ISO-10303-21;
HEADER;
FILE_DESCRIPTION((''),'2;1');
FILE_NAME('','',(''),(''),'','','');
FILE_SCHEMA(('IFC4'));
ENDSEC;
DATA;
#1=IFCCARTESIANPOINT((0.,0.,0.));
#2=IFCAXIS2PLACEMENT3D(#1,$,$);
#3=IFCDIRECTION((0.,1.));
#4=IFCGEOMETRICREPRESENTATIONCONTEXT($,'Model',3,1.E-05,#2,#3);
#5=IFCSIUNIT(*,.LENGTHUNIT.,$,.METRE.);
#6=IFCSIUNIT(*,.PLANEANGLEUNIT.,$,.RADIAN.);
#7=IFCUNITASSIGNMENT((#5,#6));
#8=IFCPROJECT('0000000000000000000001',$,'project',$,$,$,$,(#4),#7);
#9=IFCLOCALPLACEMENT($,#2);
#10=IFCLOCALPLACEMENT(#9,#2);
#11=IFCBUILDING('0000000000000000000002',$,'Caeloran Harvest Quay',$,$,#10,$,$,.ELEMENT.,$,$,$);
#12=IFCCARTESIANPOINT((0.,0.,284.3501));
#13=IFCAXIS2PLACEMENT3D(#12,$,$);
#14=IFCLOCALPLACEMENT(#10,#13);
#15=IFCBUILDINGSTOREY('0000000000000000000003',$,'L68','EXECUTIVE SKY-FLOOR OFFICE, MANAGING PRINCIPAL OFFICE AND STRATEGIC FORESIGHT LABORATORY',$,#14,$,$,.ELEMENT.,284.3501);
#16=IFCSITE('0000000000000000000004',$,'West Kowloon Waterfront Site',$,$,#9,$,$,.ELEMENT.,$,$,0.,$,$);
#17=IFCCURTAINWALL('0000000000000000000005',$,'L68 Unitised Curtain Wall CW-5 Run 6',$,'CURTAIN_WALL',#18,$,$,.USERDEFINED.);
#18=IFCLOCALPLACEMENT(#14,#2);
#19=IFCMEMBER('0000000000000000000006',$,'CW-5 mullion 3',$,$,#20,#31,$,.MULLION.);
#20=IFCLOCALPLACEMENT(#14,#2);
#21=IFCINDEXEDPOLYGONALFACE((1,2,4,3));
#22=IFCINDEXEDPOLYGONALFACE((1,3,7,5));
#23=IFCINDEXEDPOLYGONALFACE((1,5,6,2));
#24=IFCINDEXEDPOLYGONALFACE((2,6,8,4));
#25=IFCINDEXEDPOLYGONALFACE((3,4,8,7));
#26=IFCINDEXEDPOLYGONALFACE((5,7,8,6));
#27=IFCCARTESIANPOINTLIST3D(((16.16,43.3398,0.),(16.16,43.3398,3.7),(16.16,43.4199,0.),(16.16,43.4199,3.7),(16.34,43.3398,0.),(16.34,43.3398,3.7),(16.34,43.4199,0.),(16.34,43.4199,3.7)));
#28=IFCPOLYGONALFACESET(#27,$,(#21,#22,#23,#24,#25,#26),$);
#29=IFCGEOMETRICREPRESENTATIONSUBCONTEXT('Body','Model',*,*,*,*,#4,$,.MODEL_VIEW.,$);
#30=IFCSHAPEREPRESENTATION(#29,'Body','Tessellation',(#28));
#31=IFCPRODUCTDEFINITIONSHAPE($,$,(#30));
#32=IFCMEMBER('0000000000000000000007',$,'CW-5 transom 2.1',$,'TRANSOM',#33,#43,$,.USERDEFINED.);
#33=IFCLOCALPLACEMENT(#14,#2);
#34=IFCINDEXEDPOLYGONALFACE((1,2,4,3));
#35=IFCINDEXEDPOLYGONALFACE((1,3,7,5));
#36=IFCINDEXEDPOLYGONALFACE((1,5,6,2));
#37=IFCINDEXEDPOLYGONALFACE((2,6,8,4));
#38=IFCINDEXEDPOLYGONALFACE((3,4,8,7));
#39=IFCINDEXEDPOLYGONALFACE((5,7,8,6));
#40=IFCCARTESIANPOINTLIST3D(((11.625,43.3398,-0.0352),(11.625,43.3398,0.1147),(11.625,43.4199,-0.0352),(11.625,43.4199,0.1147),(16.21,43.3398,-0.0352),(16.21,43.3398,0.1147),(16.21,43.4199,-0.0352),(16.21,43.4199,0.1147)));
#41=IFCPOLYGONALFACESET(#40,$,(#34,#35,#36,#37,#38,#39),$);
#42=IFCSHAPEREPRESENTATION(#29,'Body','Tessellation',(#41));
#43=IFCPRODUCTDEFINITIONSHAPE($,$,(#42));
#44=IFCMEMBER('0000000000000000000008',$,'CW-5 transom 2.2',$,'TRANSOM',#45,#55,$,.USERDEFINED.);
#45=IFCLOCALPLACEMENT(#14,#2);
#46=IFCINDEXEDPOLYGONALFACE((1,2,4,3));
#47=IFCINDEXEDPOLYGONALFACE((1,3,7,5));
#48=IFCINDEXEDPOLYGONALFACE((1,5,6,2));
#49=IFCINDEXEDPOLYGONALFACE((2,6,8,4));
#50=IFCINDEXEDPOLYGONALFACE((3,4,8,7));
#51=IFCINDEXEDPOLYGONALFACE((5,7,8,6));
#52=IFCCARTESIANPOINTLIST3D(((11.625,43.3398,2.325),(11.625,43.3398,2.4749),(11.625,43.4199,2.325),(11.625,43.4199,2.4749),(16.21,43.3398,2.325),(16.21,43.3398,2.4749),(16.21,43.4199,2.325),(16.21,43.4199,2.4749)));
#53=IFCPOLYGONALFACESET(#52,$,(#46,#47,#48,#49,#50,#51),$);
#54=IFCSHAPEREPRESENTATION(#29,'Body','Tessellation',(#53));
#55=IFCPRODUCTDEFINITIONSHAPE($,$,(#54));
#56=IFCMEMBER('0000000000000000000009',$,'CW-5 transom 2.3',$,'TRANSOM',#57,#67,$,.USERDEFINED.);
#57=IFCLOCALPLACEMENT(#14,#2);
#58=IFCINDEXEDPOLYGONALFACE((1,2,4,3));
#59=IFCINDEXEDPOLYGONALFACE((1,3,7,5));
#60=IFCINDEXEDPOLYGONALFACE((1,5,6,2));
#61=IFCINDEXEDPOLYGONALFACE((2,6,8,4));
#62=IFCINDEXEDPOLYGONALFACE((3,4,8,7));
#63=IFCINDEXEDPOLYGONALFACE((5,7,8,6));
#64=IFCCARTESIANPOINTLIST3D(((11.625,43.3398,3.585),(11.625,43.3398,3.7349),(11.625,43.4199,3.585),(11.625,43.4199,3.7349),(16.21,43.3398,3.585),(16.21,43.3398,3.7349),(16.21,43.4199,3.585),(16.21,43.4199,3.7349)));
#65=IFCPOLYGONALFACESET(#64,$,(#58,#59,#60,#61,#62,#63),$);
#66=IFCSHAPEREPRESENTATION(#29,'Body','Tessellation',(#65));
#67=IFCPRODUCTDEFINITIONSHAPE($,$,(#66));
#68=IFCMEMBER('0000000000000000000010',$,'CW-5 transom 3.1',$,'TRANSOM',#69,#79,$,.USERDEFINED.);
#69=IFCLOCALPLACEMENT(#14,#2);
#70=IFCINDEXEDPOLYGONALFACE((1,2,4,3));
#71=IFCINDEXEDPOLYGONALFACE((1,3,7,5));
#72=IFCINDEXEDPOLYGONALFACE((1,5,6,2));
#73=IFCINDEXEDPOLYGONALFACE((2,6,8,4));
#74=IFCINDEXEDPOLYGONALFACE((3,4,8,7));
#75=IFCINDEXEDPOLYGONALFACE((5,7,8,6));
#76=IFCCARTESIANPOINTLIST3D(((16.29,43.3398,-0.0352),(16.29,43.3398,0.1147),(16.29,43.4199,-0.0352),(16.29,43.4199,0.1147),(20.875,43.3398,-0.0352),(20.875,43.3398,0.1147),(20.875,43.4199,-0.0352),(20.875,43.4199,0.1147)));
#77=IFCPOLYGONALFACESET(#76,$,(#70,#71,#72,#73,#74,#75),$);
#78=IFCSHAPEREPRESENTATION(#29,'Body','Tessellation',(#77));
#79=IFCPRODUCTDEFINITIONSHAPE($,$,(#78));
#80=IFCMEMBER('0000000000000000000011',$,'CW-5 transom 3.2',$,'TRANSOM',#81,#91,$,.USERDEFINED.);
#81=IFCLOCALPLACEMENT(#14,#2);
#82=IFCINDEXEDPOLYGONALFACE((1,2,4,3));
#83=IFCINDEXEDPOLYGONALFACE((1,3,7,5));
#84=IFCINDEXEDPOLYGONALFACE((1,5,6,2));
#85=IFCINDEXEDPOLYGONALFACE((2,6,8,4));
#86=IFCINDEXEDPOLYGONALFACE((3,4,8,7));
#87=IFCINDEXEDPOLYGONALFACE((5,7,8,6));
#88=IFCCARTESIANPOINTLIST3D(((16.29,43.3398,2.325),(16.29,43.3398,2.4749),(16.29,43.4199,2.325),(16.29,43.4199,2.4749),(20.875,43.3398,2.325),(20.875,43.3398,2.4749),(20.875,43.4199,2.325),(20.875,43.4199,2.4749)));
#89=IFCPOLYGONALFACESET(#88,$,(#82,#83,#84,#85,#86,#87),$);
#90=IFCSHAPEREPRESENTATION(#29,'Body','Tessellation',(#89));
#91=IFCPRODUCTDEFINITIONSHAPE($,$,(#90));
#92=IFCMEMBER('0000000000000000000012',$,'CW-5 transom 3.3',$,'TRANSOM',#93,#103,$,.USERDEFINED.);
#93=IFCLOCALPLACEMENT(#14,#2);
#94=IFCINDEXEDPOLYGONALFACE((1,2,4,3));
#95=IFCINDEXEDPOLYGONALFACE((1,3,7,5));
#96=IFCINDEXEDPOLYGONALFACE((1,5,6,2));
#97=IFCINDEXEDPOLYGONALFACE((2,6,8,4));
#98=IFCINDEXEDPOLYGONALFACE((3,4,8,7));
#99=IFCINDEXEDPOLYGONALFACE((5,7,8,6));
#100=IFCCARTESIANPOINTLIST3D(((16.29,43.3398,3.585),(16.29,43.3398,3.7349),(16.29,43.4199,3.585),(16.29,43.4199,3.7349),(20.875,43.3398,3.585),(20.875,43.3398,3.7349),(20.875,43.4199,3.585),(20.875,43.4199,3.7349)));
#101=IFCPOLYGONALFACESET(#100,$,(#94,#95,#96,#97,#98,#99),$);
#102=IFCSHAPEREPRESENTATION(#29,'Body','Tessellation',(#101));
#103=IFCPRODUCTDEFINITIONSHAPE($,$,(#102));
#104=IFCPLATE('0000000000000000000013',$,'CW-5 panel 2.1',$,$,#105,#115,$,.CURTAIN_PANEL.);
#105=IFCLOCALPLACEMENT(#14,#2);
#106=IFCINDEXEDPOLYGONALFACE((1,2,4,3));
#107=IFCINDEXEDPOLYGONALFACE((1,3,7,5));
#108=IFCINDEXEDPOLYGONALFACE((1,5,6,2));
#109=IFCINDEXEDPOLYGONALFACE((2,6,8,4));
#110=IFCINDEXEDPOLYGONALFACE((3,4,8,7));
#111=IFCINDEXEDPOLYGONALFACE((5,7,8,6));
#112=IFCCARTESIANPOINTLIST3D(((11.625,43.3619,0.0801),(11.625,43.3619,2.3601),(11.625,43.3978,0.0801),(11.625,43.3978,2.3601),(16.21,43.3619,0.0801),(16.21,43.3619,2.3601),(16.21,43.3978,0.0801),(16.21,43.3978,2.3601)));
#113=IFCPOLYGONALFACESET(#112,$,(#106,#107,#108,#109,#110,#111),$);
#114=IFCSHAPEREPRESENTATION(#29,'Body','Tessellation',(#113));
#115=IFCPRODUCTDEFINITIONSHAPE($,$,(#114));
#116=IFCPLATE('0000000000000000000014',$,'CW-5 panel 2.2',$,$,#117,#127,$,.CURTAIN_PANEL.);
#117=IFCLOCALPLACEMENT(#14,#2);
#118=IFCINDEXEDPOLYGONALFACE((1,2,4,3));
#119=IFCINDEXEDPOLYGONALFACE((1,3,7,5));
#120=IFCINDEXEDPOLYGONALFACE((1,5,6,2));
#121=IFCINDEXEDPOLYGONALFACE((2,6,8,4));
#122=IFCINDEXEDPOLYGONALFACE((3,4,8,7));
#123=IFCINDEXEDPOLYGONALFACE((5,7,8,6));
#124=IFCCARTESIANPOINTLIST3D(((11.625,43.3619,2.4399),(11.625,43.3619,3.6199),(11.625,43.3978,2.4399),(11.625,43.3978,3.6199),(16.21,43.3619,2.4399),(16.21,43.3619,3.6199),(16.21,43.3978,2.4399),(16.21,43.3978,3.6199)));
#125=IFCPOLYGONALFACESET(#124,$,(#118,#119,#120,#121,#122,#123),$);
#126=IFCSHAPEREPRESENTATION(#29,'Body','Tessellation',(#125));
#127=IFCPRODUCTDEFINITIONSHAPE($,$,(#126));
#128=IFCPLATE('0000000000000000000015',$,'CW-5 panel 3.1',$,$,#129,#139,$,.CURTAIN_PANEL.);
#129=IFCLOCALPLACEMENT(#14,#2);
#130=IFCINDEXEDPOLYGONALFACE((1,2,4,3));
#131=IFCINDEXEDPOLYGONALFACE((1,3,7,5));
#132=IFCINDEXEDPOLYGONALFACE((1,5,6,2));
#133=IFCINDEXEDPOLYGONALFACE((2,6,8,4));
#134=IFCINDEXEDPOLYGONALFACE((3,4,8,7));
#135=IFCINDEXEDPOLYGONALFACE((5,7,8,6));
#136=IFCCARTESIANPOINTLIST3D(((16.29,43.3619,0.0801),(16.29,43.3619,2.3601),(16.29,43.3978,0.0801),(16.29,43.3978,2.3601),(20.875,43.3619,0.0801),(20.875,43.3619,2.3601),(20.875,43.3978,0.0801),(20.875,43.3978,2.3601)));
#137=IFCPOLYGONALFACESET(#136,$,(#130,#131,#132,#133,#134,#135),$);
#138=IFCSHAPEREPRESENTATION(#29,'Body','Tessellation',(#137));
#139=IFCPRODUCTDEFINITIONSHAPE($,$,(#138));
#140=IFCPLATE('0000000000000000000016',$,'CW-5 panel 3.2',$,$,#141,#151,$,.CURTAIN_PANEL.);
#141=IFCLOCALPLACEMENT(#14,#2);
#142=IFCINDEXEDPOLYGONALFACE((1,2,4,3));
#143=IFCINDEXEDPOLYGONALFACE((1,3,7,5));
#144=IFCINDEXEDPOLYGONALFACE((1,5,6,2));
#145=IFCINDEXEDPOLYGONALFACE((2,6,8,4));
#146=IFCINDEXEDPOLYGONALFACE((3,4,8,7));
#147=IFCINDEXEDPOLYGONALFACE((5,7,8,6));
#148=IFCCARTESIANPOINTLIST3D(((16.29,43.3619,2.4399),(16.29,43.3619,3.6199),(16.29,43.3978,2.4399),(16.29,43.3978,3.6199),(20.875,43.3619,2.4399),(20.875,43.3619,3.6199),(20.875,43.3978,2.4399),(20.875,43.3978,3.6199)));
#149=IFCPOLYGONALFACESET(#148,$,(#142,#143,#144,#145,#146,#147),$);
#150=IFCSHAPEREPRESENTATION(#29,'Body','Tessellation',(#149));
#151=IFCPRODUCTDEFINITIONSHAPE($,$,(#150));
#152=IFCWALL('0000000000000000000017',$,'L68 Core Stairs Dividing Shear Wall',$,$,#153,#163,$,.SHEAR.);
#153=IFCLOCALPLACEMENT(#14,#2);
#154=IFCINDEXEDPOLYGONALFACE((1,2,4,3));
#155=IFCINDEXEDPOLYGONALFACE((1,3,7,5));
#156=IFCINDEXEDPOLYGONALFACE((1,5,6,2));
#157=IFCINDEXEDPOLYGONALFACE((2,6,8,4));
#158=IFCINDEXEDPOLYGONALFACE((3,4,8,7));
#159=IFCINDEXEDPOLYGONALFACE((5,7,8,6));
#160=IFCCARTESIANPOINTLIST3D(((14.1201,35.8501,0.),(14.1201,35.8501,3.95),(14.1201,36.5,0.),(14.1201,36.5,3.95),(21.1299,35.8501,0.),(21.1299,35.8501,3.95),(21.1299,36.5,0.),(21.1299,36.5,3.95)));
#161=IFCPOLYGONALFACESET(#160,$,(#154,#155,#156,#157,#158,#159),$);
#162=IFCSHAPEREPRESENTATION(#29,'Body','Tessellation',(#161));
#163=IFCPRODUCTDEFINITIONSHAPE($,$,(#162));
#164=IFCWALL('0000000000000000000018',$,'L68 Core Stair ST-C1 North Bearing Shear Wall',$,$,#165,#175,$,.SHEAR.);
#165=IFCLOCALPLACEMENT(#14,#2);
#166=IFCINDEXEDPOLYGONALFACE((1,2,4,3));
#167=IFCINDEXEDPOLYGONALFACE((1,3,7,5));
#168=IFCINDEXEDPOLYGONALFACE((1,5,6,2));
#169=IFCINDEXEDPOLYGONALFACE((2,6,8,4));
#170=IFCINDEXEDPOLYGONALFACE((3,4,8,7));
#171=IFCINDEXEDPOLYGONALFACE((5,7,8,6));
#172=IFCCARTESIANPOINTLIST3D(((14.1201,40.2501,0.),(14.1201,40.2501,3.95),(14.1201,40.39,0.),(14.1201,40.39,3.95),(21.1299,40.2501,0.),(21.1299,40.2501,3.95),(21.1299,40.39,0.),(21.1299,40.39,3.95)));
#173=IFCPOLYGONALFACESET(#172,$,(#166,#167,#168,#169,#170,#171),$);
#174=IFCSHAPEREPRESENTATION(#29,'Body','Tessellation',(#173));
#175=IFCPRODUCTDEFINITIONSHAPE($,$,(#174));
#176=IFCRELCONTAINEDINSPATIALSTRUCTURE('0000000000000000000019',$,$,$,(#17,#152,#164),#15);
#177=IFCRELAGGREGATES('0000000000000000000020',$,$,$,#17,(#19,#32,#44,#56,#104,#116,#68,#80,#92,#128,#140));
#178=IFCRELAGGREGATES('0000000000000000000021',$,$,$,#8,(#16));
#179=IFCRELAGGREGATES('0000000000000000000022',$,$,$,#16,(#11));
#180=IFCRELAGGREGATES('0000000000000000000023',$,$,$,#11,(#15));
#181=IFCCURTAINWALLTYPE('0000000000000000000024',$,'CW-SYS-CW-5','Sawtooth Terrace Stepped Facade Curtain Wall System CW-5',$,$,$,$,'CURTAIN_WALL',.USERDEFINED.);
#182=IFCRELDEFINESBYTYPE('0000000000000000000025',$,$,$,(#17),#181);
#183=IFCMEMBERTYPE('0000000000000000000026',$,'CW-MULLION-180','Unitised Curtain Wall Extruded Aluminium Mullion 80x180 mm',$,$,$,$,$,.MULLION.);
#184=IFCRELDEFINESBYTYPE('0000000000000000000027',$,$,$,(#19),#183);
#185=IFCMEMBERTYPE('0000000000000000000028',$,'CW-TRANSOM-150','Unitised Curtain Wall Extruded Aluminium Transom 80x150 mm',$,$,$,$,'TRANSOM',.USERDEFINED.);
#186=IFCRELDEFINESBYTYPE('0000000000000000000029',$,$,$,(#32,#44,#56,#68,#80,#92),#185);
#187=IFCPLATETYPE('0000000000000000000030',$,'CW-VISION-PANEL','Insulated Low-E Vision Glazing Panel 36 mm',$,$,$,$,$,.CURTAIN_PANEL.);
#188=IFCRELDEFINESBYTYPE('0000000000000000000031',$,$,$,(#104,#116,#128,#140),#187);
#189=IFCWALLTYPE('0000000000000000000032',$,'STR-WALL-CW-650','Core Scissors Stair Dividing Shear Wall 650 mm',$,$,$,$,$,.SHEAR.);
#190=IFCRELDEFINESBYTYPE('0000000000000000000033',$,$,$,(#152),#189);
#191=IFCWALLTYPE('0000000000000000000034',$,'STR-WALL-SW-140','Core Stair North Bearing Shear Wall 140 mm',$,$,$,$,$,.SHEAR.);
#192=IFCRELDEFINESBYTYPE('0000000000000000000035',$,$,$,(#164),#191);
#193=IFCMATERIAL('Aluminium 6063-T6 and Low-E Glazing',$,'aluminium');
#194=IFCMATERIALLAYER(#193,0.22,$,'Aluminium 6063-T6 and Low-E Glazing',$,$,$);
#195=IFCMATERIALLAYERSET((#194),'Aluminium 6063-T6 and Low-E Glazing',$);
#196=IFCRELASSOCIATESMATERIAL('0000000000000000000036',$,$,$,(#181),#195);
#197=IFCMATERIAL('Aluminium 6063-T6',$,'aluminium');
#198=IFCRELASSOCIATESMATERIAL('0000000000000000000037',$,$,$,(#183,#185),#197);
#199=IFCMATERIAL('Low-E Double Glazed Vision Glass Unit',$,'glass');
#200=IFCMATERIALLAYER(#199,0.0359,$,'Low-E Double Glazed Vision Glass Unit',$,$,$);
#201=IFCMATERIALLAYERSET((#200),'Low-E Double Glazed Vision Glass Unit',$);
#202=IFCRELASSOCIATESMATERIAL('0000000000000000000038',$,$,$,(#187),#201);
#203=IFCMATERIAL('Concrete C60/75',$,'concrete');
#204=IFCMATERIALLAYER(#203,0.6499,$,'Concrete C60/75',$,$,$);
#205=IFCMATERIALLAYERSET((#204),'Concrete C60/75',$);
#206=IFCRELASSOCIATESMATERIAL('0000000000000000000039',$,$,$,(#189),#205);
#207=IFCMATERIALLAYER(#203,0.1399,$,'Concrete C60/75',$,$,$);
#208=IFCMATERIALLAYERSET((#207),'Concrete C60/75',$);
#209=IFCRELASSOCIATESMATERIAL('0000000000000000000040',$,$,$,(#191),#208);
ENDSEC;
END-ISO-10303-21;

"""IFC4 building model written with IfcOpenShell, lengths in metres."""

from ifc_helpers import new_model, si_unit, direction, frame, frame_2d, origin, origin_2d, place, context, subcontext, project, spatial, rectangle, extrude, material, layer, layer_set, material_profile, profile_set, type_object, element, aggregate, save


model = new_model("IFC4")

# Units and contexts
model_context = context("Model", 3, precision=1e-05, world=origin(), true_north=direction((0.0, 1.0)))
body_context = subcontext(model_context, "Body", "Model", "MODEL_VIEW")
ifc_project = project(units=[si_unit("LENGTHUNIT", "METRE"), si_unit("PLANEANGLEUNIT", "RADIAN")], contexts=[model_context])

# Site, building, storey
site_placement = place(None, origin())
site = spatial("IfcSite", under=ifc_project, at=site_placement, Name="West Kowloon Waterfront Site", CompositionType="ELEMENT", RefElevation=0.0)
building_placement = place(site_placement, origin())
building = spatial("IfcBuilding", under=site, at=building_placement, Name="Caeloran Harvest Quay", CompositionType="ELEMENT")
storey_placement = place(building_placement, frame((0.0, 0.0, 284.3501)))
storey = spatial("IfcBuildingStorey", under=building, at=storey_placement, Name="L68", Description="EXECUTIVE SKY-FLOOR OFFICE, MANAGING PRINCIPAL OFFICE AND STRATEGIC FORESIGHT LABORATORY", CompositionType="ELEMENT", Elevation=284.3501)

# Curtain wall, members, plates
ifc_material_1 = material(Name="Aluminium 6063-T6 and Low-E Glazing", Category="aluminium")
ifc_layer_1 = layer(ifc_material_1, 0.22, Name="Aluminium 6063-T6 and Low-E Glazing")
ifc_layer_set_1 = layer_set([ifc_layer_1], Name="Aluminium 6063-T6 and Low-E Glazing")
curtain_wall_type = type_object("IfcCurtainWallType", Name="CW-SYS-CW-5", Description="Sawtooth Terrace Stepped Facade Curtain Wall System CW-5", ElementType="CURTAIN_WALL", PredefinedType="USERDEFINED", material=ifc_layer_set_1)
curtain_wall_placement = place(storey_placement, origin())
curtain_wall = element("IfcCurtainWall", 1, at=curtain_wall_placement, inside=storey, type_object=curtain_wall_type, Name="L68 Unitised Curtain Wall CW-5 Run 6", ObjectType="CURTAIN_WALL", PredefinedType="USERDEFINED")
ifc_material_2 = material(Name="Aluminium 6063-T6", Category="aluminium")
ifc_material_profile_1 = material_profile(ifc_material_2, rectangle(XDim=0.0801, YDim=0.1799, at=origin_2d()), Name="CW-MULLION-180")
ifc_profile_set_1 = profile_set([ifc_material_profile_1], Name="Aluminium 6063-T6")
member_type_1 = type_object("IfcMemberType", Name="CW-MULLION-180", Description="Unitised Curtain Wall Extruded Aluminium Mullion 80x180 mm", PredefinedType="MULLION", material=ifc_profile_set_1)
member_1_placement = place(storey_placement, frame((16.25, 43.3799, 0.0), z_axis=(0.0, 0.0, 1.0), x_axis=(0.0, 1.0, 0.0)))
member_1 = element("IfcMember", 2, at=member_1_placement, type_object=member_type_1, Name="CW-5 mullion 3", PredefinedType="MULLION", context=body_context, shape_type="SweptSolid", body=[
    extrude(rectangle(XDim=0.0801, YDim=0.1799, at=origin_2d()), origin(), (0.0, 0.0, 1.0), 3.7),
])
ifc_material_profile_2 = material_profile(ifc_material_2, rectangle(XDim=0.0801, YDim=0.1499, at=origin_2d()), Name="CW-TRANSOM-150")
ifc_profile_set_2 = profile_set([ifc_material_profile_2], Name="Aluminium 6063-T6")
member_type_2 = type_object("IfcMemberType", Name="CW-TRANSOM-150", Description="Unitised Curtain Wall Extruded Aluminium Transom 80x150 mm", ElementType="TRANSOM", PredefinedType="USERDEFINED", material=ifc_profile_set_2)
member_2_placement = place(storey_placement, frame((11.625, 43.3799, 0.0398), z_axis=(1.0, 0.0, 0.0), x_axis=(0.0, 1.0, 0.0)))
member_2 = element("IfcMember", 3, at=member_2_placement, type_object=member_type_2, Name="CW-5 transom 2.1", ObjectType="TRANSOM", PredefinedType="USERDEFINED", context=body_context, shape_type="SweptSolid", body=[
    extrude(rectangle(XDim=0.0801, YDim=0.1499, at=origin_2d()), origin(), (0.0, 0.0, 1.0), 4.585),
])
member_3_placement = place(storey_placement, frame((11.625, 43.3799, 2.3999), z_axis=(1.0, 0.0, 0.0), x_axis=(0.0, 1.0, 0.0)))
member_3 = element("IfcMember", 4, at=member_3_placement, type_object=member_type_2, Name="CW-5 transom 2.2", ObjectType="TRANSOM", PredefinedType="USERDEFINED", context=body_context, shape_type="SweptSolid", body=[
    extrude(rectangle(XDim=0.0801, YDim=0.1499, at=origin_2d()), origin(), (0.0, 0.0, 1.0), 4.585),
])
member_4_placement = place(storey_placement, frame((11.625, 43.3799, 3.6599), z_axis=(1.0, 0.0, 0.0), x_axis=(0.0, 1.0, 0.0)))
member_4 = element("IfcMember", 5, at=member_4_placement, type_object=member_type_2, Name="CW-5 transom 2.3", ObjectType="TRANSOM", PredefinedType="USERDEFINED", context=body_context, shape_type="SweptSolid", body=[
    extrude(rectangle(XDim=0.0801, YDim=0.1499, at=origin_2d()), origin(), (0.0, 0.0, 1.0), 4.585),
])
member_5_placement = place(storey_placement, frame((16.29, 43.3799, 0.0398), z_axis=(1.0, 0.0, 0.0), x_axis=(0.0, 1.0, 0.0)))
member_5 = element("IfcMember", 6, at=member_5_placement, type_object=member_type_2, Name="CW-5 transom 3.1", ObjectType="TRANSOM", PredefinedType="USERDEFINED", context=body_context, shape_type="SweptSolid", body=[
    extrude(rectangle(XDim=0.0801, YDim=0.1499, at=origin_2d()), origin(), (0.0, 0.0, 1.0), 4.585),
])
member_6_placement = place(storey_placement, frame((16.29, 43.3799, 2.3999), z_axis=(1.0, 0.0, 0.0), x_axis=(0.0, 1.0, 0.0)))
member_6 = element("IfcMember", 7, at=member_6_placement, type_object=member_type_2, Name="CW-5 transom 3.2", ObjectType="TRANSOM", PredefinedType="USERDEFINED", context=body_context, shape_type="SweptSolid", body=[
    extrude(rectangle(XDim=0.0801, YDim=0.1499, at=origin_2d()), origin(), (0.0, 0.0, 1.0), 4.585),
])
member_7_placement = place(storey_placement, frame((16.29, 43.3799, 3.6599), z_axis=(1.0, 0.0, 0.0), x_axis=(0.0, 1.0, 0.0)))
member_7 = element("IfcMember", 8, at=member_7_placement, type_object=member_type_2, Name="CW-5 transom 3.3", ObjectType="TRANSOM", PredefinedType="USERDEFINED", context=body_context, shape_type="SweptSolid", body=[
    extrude(rectangle(XDim=0.0801, YDim=0.1499, at=origin_2d()), origin(), (0.0, 0.0, 1.0), 4.585),
])
ifc_material_3 = material(Name="Low-E Double Glazed Vision Glass Unit", Category="glass")
ifc_layer_2 = layer(ifc_material_3, 0.0359, Name="Low-E Double Glazed Vision Glass Unit")
ifc_layer_set_2 = layer_set([ifc_layer_2], Name="Low-E Double Glazed Vision Glass Unit")
plate_type = type_object("IfcPlateType", Name="CW-VISION-PANEL", Description="Insulated Low-E Vision Glazing Panel 36 mm", PredefinedType="CURTAIN_PANEL", material=ifc_layer_set_2)
plate_1_placement = place(storey_placement, frame((13.9175, 43.3799, 0.0801), z_axis=(0.0, 0.0, 1.0), x_axis=(1.0, 0.0, 0.0)))
plate_1 = element("IfcPlate", 9, at=plate_1_placement, type_object=plate_type, Name="CW-5 panel 2.1", PredefinedType="CURTAIN_PANEL", context=body_context, shape_type="SweptSolid", body=[
    extrude(rectangle(XDim=4.585, YDim=0.0359, at=origin_2d()), origin(), (0.0, 0.0, 1.0), 2.28),
])
plate_2_placement = place(storey_placement, frame((13.9175, 43.3799, 2.4399), z_axis=(0.0, 0.0, 1.0), x_axis=(1.0, 0.0, 0.0)))
plate_2 = element("IfcPlate", 10, at=plate_2_placement, type_object=plate_type, Name="CW-5 panel 2.2", PredefinedType="CURTAIN_PANEL", context=body_context, shape_type="SweptSolid", body=[
    extrude(rectangle(XDim=4.585, YDim=0.0359, at=origin_2d()), origin(), (0.0, 0.0, 1.0), 1.1799),
])
plate_3_placement = place(storey_placement, frame((18.5825, 43.3799, 0.0801), z_axis=(0.0, 0.0, 1.0), x_axis=(1.0, 0.0, 0.0)))
plate_3 = element("IfcPlate", 11, at=plate_3_placement, type_object=plate_type, Name="CW-5 panel 3.1", PredefinedType="CURTAIN_PANEL", context=body_context, shape_type="SweptSolid", body=[
    extrude(rectangle(XDim=4.585, YDim=0.0359, at=origin_2d()), origin(), (0.0, 0.0, 1.0), 2.28),
])
plate_4_placement = place(storey_placement, frame((18.5825, 43.3799, 2.4399), z_axis=(0.0, 0.0, 1.0), x_axis=(1.0, 0.0, 0.0)))
plate_4 = element("IfcPlate", 12, at=plate_4_placement, type_object=plate_type, Name="CW-5 panel 3.2", PredefinedType="CURTAIN_PANEL", context=body_context, shape_type="SweptSolid", body=[
    extrude(rectangle(XDim=4.585, YDim=0.0359, at=origin_2d()), origin(), (0.0, 0.0, 1.0), 1.1799),
])
aggregate(curtain_wall, [member_1, member_2, member_3, member_4, plate_1, plate_2, member_5, member_6, member_7, plate_3, plate_4])

# Walls
ifc_material_4 = material(Name="Concrete C60/75", Category="concrete")
ifc_layer_3 = layer(ifc_material_4, 0.6499, Name="Concrete C60/75")
ifc_layer_set_3 = layer_set([ifc_layer_3], Name="Concrete C60/75")
wall_type_1 = type_object("IfcWallType", Name="STR-WALL-CW-650", Description="Core Scissors Stair Dividing Shear Wall 650 mm", PredefinedType="SHEAR", material=ifc_layer_set_3)
wall_1_placement = place(storey_placement, frame((14.1201, 36.175, 0.0), z_axis=(0.0, 0.0, 1.0), x_axis=(1.0, 0.0, 0.0)))
element("IfcWall", 13, at=wall_1_placement, inside=storey, type_object=wall_type_1, Name="L68 Core Stairs Dividing Shear Wall", PredefinedType="SHEAR", context=body_context, shape_type="SweptSolid", body=[
    extrude(rectangle(XDim=7.0098, YDim=0.6499, at=frame_2d((3.5049, 0.0))), origin(), (0.0, 0.0, 1.0), 3.95),
])
ifc_layer_4 = layer(ifc_material_4, 0.1399, Name="Concrete C60/75")
ifc_layer_set_4 = layer_set([ifc_layer_4], Name="Concrete C60/75")
wall_type_2 = type_object("IfcWallType", Name="STR-WALL-SW-140", Description="Core Stair North Bearing Shear Wall 140 mm", PredefinedType="SHEAR", material=ifc_layer_set_4)
wall_2_placement = place(storey_placement, frame((14.1201, 40.3201, 0.0), z_axis=(0.0, 0.0, 1.0), x_axis=(1.0, 0.0, 0.0)))
element("IfcWall", 14, at=wall_2_placement, inside=storey, type_object=wall_type_2, Name="L68 Core Stair ST-C1 North Bearing Shear Wall", PredefinedType="SHEAR", context=body_context, shape_type="SweptSolid", body=[
    extrude(rectangle(XDim=7.0098, YDim=0.1399, at=frame_2d((3.5049, 0.0))), origin(), (0.0, 0.0, 1.0), 3.95),
])

save(model, "model.ifc")
